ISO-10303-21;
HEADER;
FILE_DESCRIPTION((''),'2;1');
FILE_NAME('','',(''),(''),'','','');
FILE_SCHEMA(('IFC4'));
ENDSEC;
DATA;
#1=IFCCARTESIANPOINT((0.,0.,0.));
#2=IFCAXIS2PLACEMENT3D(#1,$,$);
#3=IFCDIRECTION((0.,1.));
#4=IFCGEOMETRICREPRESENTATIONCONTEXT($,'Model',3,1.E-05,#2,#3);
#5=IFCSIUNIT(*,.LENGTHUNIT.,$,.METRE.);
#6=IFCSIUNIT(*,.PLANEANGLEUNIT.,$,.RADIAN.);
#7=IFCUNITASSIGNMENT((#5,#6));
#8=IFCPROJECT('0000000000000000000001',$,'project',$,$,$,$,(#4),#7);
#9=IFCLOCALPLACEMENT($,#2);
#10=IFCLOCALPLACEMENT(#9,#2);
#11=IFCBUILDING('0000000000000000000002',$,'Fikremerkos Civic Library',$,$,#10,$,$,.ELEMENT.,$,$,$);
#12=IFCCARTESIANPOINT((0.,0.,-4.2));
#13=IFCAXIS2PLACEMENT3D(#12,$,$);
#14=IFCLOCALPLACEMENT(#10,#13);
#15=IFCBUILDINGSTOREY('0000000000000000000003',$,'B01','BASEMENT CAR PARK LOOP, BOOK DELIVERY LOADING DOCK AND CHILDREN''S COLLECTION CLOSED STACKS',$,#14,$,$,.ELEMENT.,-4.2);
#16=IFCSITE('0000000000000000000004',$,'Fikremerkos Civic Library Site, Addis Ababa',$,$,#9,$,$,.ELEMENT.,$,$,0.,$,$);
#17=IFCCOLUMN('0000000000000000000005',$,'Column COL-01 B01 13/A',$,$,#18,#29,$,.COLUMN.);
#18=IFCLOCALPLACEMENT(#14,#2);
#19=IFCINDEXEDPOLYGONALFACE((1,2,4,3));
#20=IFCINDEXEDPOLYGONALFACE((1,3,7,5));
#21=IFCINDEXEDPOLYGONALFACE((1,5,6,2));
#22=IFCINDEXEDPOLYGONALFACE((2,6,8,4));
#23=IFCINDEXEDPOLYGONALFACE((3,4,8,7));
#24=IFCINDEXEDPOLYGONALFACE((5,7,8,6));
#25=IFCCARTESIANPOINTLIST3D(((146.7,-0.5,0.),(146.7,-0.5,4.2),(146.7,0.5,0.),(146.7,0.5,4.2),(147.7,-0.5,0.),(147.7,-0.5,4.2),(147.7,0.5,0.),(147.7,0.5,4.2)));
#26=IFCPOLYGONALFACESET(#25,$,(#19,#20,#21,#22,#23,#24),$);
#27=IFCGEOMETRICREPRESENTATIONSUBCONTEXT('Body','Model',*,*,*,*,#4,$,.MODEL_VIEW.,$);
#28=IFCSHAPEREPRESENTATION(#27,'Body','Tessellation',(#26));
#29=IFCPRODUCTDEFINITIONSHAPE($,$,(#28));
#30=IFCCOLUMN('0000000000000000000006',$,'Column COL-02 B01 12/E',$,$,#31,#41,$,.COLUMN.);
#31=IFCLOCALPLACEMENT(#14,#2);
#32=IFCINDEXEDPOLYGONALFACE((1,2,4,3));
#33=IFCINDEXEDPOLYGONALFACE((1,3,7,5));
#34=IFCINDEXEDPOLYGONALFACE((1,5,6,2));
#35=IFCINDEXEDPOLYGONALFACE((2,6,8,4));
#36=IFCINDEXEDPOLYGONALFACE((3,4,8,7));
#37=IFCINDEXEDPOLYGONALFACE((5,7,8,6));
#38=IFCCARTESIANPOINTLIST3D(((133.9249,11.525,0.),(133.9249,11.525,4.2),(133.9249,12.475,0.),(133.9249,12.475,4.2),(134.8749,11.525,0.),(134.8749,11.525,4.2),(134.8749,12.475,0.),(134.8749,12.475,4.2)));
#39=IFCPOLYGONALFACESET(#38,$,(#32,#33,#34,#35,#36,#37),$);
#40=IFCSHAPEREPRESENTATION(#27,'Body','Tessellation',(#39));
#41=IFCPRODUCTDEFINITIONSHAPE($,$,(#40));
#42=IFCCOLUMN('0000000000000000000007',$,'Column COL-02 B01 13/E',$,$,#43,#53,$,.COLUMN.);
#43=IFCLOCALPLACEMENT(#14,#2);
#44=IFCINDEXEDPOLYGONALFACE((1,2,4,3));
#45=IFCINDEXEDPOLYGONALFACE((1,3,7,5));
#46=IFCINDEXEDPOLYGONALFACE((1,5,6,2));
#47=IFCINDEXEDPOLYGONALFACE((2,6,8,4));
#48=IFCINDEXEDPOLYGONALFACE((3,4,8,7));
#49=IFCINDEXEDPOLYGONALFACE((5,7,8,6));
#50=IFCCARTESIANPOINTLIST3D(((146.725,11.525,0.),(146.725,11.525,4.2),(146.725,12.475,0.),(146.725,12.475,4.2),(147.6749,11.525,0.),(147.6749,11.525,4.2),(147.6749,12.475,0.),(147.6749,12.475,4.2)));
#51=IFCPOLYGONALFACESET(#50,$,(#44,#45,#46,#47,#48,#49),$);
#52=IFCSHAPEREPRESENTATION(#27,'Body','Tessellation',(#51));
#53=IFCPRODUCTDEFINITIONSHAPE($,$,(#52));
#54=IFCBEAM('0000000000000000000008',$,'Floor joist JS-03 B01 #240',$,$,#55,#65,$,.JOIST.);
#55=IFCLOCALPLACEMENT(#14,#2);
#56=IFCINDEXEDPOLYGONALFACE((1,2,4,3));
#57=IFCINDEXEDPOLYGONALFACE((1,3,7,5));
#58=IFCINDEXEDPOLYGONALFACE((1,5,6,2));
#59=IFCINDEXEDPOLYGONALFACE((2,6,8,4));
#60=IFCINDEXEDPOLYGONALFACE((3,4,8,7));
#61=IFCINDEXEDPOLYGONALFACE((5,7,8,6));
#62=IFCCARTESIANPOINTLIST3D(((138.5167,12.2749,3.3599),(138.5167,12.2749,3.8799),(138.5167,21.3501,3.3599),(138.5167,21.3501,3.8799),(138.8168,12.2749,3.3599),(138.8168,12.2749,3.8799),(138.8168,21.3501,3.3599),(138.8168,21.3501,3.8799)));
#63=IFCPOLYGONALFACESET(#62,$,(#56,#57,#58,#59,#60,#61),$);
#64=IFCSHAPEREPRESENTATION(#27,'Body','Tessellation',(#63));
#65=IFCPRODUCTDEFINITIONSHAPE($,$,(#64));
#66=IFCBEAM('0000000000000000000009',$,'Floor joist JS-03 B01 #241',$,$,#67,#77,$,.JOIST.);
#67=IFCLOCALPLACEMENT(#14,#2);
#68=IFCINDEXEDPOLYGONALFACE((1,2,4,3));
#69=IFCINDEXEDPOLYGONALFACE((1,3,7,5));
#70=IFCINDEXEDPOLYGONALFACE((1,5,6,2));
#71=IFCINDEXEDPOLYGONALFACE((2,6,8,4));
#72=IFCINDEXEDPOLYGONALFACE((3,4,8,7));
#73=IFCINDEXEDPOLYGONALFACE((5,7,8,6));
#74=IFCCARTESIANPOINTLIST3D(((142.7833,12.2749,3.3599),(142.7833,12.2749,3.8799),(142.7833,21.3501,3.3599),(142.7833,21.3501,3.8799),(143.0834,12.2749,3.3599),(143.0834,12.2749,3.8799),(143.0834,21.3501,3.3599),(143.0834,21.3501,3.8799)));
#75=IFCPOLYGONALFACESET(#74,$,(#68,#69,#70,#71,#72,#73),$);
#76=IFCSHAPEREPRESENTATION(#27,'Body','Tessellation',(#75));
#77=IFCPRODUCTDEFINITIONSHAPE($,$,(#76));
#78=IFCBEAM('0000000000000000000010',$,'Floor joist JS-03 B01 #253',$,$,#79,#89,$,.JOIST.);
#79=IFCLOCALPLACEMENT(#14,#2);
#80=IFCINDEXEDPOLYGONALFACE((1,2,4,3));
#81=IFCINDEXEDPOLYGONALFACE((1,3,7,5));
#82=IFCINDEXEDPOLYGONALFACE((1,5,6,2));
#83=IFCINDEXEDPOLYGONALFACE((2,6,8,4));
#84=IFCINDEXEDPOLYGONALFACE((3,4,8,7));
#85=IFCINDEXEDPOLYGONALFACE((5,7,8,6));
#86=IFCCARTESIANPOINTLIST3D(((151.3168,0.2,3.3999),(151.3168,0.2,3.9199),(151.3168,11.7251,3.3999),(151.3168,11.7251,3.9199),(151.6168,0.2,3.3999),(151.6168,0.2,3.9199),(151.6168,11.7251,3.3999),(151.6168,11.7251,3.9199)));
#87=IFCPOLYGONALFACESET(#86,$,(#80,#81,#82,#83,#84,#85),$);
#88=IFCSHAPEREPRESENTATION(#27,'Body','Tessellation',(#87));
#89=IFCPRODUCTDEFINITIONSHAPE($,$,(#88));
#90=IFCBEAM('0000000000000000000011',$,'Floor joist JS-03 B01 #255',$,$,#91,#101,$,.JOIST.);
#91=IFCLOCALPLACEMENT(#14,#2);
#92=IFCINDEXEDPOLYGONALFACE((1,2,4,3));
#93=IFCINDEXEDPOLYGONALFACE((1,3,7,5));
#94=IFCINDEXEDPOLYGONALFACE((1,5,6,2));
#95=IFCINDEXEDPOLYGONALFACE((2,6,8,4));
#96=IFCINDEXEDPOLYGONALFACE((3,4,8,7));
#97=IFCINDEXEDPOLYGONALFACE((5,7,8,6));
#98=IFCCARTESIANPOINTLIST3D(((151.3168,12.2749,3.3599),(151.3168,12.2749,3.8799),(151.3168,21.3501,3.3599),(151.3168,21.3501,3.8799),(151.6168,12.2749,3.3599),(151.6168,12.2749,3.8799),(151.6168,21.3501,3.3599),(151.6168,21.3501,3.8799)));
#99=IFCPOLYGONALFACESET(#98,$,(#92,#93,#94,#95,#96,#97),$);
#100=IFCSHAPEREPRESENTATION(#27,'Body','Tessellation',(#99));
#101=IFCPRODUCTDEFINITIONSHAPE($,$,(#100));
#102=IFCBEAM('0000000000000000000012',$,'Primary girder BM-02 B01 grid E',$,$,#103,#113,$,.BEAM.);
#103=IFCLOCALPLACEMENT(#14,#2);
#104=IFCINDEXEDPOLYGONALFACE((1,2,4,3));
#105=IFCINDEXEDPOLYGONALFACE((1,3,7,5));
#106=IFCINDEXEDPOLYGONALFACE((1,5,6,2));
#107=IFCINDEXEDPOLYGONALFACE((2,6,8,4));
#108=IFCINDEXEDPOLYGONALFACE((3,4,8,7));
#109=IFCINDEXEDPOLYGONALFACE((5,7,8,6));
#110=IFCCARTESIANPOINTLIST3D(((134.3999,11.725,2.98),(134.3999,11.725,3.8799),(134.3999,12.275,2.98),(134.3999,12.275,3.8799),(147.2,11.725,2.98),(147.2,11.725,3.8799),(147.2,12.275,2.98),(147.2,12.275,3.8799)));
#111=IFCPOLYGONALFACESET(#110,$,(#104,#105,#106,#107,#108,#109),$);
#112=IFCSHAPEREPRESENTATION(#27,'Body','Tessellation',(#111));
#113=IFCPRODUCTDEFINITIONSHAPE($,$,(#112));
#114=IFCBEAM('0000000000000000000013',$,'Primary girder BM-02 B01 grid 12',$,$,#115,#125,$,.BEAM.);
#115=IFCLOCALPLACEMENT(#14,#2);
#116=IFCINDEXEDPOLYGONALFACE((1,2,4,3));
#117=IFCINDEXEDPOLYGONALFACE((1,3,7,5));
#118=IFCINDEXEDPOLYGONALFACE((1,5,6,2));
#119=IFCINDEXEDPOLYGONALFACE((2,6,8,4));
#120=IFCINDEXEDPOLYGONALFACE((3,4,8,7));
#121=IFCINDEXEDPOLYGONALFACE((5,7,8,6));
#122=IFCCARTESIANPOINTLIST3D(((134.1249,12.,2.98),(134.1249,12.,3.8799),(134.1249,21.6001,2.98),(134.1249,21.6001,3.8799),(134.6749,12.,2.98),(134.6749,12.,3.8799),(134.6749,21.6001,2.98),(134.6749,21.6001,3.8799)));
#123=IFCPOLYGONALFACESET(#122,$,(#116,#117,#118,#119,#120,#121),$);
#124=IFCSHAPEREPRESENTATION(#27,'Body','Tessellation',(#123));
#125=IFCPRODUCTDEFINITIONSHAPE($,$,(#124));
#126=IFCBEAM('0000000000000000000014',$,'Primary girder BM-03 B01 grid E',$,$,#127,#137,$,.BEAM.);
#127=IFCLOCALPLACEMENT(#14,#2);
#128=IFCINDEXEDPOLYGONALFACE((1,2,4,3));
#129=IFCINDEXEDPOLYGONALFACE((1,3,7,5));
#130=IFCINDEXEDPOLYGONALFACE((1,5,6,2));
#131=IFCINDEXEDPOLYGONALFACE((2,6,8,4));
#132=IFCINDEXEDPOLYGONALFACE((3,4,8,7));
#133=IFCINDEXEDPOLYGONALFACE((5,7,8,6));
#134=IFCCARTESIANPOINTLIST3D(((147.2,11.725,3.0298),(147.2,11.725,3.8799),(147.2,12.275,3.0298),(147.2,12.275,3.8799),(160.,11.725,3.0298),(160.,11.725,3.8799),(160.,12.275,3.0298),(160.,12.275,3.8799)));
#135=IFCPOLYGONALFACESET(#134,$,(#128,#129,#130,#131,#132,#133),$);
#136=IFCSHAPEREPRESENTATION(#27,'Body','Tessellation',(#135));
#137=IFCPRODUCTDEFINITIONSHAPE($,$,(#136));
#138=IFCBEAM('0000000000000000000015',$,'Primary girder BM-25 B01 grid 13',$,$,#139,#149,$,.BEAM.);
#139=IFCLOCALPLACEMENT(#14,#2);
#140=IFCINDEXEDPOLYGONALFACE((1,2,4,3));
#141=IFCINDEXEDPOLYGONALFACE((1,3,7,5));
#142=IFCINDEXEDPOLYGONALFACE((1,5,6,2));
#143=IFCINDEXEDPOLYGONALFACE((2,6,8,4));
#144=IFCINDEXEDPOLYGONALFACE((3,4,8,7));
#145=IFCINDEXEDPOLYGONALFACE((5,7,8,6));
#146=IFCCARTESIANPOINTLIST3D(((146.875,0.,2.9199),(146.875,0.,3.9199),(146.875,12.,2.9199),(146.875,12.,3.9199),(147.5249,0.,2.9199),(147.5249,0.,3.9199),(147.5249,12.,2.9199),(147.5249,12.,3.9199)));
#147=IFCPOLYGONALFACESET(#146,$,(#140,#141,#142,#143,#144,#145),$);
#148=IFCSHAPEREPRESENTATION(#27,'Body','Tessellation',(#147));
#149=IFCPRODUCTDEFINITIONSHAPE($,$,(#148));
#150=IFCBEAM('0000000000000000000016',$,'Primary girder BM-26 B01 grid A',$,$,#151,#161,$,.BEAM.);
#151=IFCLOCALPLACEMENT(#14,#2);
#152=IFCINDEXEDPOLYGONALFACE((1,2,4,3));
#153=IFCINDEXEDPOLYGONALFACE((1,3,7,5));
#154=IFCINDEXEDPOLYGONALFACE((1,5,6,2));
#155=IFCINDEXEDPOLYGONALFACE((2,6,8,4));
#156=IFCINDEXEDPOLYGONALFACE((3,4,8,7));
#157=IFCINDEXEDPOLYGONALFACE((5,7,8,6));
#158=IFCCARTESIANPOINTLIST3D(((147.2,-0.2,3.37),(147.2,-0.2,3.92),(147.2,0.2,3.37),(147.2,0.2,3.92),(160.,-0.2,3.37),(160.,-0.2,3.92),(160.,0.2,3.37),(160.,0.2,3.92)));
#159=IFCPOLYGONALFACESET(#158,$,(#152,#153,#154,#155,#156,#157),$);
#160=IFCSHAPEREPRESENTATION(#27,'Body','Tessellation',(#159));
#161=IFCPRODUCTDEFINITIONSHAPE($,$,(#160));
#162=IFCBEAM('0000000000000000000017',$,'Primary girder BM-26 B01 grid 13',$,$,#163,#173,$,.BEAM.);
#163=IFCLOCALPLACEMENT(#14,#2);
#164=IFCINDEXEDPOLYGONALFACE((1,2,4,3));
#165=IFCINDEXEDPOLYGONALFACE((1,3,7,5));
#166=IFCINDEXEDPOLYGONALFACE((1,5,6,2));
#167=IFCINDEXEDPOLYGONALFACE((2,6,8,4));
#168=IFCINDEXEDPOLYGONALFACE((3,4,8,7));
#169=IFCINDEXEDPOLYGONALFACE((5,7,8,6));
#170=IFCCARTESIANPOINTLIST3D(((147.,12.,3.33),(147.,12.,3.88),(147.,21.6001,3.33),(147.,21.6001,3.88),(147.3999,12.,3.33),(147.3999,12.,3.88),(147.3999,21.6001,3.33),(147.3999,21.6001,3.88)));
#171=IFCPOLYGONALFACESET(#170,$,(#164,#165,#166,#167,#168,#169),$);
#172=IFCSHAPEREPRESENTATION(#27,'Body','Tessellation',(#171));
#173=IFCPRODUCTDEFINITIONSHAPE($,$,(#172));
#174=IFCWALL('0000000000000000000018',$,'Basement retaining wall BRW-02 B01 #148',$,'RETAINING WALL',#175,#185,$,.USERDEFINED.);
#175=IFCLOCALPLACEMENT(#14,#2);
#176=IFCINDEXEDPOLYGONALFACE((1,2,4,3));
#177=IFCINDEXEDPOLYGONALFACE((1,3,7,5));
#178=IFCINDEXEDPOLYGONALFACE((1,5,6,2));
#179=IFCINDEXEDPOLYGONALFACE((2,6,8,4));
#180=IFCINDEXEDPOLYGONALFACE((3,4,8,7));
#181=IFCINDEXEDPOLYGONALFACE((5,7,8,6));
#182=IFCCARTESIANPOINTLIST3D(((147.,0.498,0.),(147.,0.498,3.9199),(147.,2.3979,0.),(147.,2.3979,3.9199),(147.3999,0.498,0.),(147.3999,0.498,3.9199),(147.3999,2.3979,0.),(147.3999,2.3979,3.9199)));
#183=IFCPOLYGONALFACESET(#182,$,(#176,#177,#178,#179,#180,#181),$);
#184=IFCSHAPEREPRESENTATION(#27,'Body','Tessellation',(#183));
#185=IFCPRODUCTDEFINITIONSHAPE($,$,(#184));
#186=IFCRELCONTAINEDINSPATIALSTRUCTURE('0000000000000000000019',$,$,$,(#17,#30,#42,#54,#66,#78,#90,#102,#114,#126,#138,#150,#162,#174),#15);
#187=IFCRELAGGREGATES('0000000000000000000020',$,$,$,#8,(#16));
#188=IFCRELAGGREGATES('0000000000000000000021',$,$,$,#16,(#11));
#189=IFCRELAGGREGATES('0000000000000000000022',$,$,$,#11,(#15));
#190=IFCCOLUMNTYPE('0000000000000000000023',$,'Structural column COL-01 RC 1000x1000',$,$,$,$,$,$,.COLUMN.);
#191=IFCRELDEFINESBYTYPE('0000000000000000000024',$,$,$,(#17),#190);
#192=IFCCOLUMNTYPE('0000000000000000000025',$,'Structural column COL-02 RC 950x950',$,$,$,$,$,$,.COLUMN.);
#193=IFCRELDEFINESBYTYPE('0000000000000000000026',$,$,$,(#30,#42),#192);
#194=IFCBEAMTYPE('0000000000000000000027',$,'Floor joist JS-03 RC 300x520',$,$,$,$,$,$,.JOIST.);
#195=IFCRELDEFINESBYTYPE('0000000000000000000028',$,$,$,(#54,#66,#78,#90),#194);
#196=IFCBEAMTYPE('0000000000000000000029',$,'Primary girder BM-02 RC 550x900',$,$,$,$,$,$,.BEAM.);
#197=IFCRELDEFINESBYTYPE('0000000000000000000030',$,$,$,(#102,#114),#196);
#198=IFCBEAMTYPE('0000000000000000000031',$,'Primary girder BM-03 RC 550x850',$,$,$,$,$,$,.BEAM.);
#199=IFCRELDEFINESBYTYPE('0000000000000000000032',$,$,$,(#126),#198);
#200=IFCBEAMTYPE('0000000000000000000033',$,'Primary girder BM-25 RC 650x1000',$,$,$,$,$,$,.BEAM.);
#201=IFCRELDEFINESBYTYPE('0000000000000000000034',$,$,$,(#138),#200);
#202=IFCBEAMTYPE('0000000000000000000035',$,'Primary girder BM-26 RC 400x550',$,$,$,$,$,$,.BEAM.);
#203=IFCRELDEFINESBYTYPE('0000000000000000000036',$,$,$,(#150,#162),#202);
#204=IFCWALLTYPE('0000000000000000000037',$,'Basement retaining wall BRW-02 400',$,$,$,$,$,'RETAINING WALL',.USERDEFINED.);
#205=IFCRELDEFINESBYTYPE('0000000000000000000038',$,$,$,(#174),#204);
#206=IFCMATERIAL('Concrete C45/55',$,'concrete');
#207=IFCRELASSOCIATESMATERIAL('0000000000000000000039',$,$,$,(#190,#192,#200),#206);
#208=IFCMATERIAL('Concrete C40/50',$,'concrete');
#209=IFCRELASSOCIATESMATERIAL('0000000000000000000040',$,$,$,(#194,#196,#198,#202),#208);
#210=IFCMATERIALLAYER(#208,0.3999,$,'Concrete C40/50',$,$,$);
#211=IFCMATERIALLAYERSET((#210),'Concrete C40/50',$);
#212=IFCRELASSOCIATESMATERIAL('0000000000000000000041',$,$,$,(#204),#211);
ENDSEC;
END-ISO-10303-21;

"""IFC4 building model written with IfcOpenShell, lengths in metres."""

from ifc_helpers import new_model, si_unit, direction, frame, frame_2d, origin, origin_2d, place, context, subcontext, project, spatial, rectangle, extrude, material, layer, layer_set, material_profile, profile_set, type_object, element, save


model = new_model("IFC4")

# Units and contexts
model_context = context("Model", 3, precision=1e-05, world=origin(), true_north=direction((0.0, 1.0)))
body_context = subcontext(model_context, "Body", "Model", "MODEL_VIEW")
ifc_project = project(units=[si_unit("LENGTHUNIT", "METRE"), si_unit("PLANEANGLEUNIT", "RADIAN")], contexts=[model_context])

# Site, building, storey
site_placement = place(None, origin())
site = spatial("IfcSite", under=ifc_project, at=site_placement, Name="Fikremerkos Civic Library Site, Addis Ababa", CompositionType="ELEMENT", RefElevation=0.0)
building_placement = place(site_placement, origin())
building = spatial("IfcBuilding", under=site, at=building_placement, Name="Fikremerkos Civic Library", CompositionType="ELEMENT")
storey_placement = place(building_placement, frame((0.0, 0.0, -4.2)))
storey = spatial("IfcBuildingStorey", under=building, at=storey_placement, Name="B01", Description="BASEMENT CAR PARK LOOP, BOOK DELIVERY LOADING DOCK AND CHILDREN'S COLLECTION CLOSED STACKS", CompositionType="ELEMENT", Elevation=-4.2)

# Columns
ifc_material_1 = material(Name="Concrete C45/55", Category="concrete")
ifc_material_profile_1 = material_profile(ifc_material_1, rectangle(XDim=1.0, YDim=1.0, at=origin_2d()), Name="RC 1000x1000")
ifc_profile_set_1 = profile_set([ifc_material_profile_1], Name="Concrete C45/55")
column_type_1 = type_object("IfcColumnType", Name="Structural column COL-01 RC 1000x1000", PredefinedType="COLUMN", material=ifc_profile_set_1)
column_placement = place(storey_placement, frame((147.2, 0.0, 0.0), z_axis=(0.0, 0.0, 1.0), x_axis=(1.0, 0.0, 0.0)))
element("IfcColumn", 1, at=column_placement, inside=storey, type_object=column_type_1, Name="Column COL-01 B01 13/A", PredefinedType="COLUMN", context=body_context, shape_type="SweptSolid", body=[
    extrude(rectangle(XDim=1.0, YDim=1.0, at=origin_2d()), origin(), (0.0, 0.0, 1.0), 4.2),
])
ifc_material_profile_2 = material_profile(ifc_material_1, rectangle(XDim=0.95, YDim=0.95, at=origin_2d()), Name="RC 950x950")
ifc_profile_set_2 = profile_set([ifc_material_profile_2], Name="Concrete C45/55")
column_type_2 = type_object("IfcColumnType", Name="Structural column COL-02 RC 950x950", PredefinedType="COLUMN", material=ifc_profile_set_2)
for number, where, z_axis, x_axis, name in (
    (2, (134.3999, 12.0, 0.0), (0.0, 0.0, 1.0), (1.0, 0.0, 0.0), "Column COL-02 B01 12/E"),
    (3, (147.2, 12.0, 0.0), (0.0, 0.0, 1.0), (1.0, 0.0, 0.0), "Column COL-02 B01 13/E"),
):
    element("IfcColumn", number, at=place(storey_placement, frame(where, z_axis=z_axis, x_axis=x_axis)), inside=storey, type_object=column_type_2, Name=name, PredefinedType="COLUMN", context=body_context, shape_type="SweptSolid", body=[
        extrude(rectangle(XDim=0.95, YDim=0.95, at=origin_2d()), origin(), (0.0, 0.0, 1.0), 4.2),
    ])

# Beams
ifc_material_2 = material(Name="Concrete C40/50", Category="concrete")
ifc_material_profile_3 = material_profile(ifc_material_2, rectangle(XDim=0.3, YDim=0.52, at=origin_2d()), Name="RC 300x520")
ifc_profile_set_3 = profile_set([ifc_material_profile_3], Name="Concrete C40/50")
beam_type_1 = type_object("IfcBeamType", Name="Floor joist JS-03 RC 300x520", PredefinedType="JOIST", material=ifc_profile_set_3)
for number, where, z_axis, x_axis, name in (
    (4, (138.6667, 12.2749, 3.6199), (0.0, 1.0, 0.0), (-1.0, 0.0, 0.0), "Floor joist JS-03 B01 #240"),
    (5, (142.9333, 12.2749, 3.6199), (0.0, 1.0, 0.0), (-1.0, 0.0, 0.0), "Floor joist JS-03 B01 #241"),
):
    element("IfcBeam", number, at=place(storey_placement, frame(where, z_axis=z_axis, x_axis=x_axis)), inside=storey, type_object=beam_type_1, Name=name, PredefinedType="JOIST", context=body_context, shape_type="SweptSolid", body=[
        extrude(rectangle(XDim=0.3, YDim=0.52, at=origin_2d()), origin(), (0.0, 0.0, 1.0), 9.0752),
    ])
beam_1_placement = place(storey_placement, frame((151.4668, 0.2, 3.6599), z_axis=(0.0, 1.0, 0.0), x_axis=(-1.0, 0.0, 0.0)))
element("IfcBeam", 6, at=beam_1_placement, inside=storey, type_object=beam_type_1, Name="Floor joist JS-03 B01 #253", PredefinedType="JOIST", context=body_context, shape_type="SweptSolid", body=[
    extrude(rectangle(XDim=0.3, YDim=0.52, at=origin_2d()), origin(), (0.0, 0.0, 1.0), 11.5251),
])
beam_2_placement = place(storey_placement, frame((151.4668, 12.2749, 3.6199), z_axis=(0.0, 1.0, 0.0), x_axis=(-1.0, 0.0, 0.0)))
element("IfcBeam", 7, at=beam_2_placement, inside=storey, type_object=beam_type_1, Name="Floor joist JS-03 B01 #255", PredefinedType="JOIST", context=body_context, shape_type="SweptSolid", body=[
    extrude(rectangle(XDim=0.3, YDim=0.52, at=origin_2d()), origin(), (0.0, 0.0, 1.0), 9.0752),
])
ifc_material_profile_4 = material_profile(ifc_material_2, rectangle(XDim=0.55, YDim=0.8999, at=origin_2d()), Name="RC 550x900")
ifc_profile_set_4 = profile_set([ifc_material_profile_4], Name="Concrete C40/50")
beam_type_2 = type_object("IfcBeamType", Name="Primary girder BM-02 RC 550x900", PredefinedType="BEAM", material=ifc_profile_set_4)
beam_3_placement = place(storey_placement, frame((134.3999, 12.0, 3.4299), z_axis=(1.0, 0.0, 0.0), x_axis=(0.0, 1.0, 0.0)))
element("IfcBeam", 8, at=beam_3_placement, inside=storey, type_object=beam_type_2, Name="Primary girder BM-02 B01 grid E", PredefinedType="BEAM", context=body_context, shape_type="SweptSolid", body=[
    extrude(rectangle(XDim=0.55, YDim=0.8999, at=origin_2d()), origin(), (0.0, 0.0, 1.0), 12.8),
])
beam_4_placement = place(storey_placement, frame((134.3999, 12.0, 3.4299), z_axis=(0.0, 1.0, 0.0), x_axis=(-1.0, 0.0, 0.0)))
element("IfcBeam", 9, at=beam_4_placement, inside=storey, type_object=beam_type_2, Name="Primary girder BM-02 B01 grid 12", PredefinedType="BEAM", context=body_context, shape_type="SweptSolid", body=[
    extrude(rectangle(XDim=0.55, YDim=0.8999, at=origin_2d()), origin(), (0.0, 0.0, 1.0), 9.6001),
])
ifc_material_profile_5 = material_profile(ifc_material_2, rectangle(XDim=0.55, YDim=0.8501, at=origin_2d()), Name="RC 550x850")
ifc_profile_set_5 = profile_set([ifc_material_profile_5], Name="Concrete C40/50")
beam_type_3 = type_object("IfcBeamType", Name="Primary girder BM-03 RC 550x850", PredefinedType="BEAM", material=ifc_profile_set_5)
beam_5_placement = place(storey_placement, frame((147.2, 12.0, 3.4548), z_axis=(1.0, 0.0, 0.0), x_axis=(0.0, 1.0, 0.0)))
element("IfcBeam", 10, at=beam_5_placement, inside=storey, type_object=beam_type_3, Name="Primary girder BM-03 B01 grid E", PredefinedType="BEAM", context=body_context, shape_type="SweptSolid", body=[
    extrude(rectangle(XDim=0.55, YDim=0.8501, at=origin_2d()), origin(), (0.0, 0.0, 1.0), 12.8),
])
ifc_material_profile_6 = material_profile(ifc_material_1, rectangle(XDim=0.6499, YDim=1.0, at=origin_2d()), Name="RC 650x1000")
ifc_profile_set_6 = profile_set([ifc_material_profile_6], Name="Concrete C45/55")
beam_type_4 = type_object("IfcBeamType", Name="Primary girder BM-25 RC 650x1000", PredefinedType="BEAM", material=ifc_profile_set_6)
beam_6_placement = place(storey_placement, frame((147.2, 0.0, 3.4199), z_axis=(0.0, 1.0, 0.0), x_axis=(-1.0, 0.0, 0.0)))
element("IfcBeam", 11, at=beam_6_placement, inside=storey, type_object=beam_type_4, Name="Primary girder BM-25 B01 grid 13", PredefinedType="BEAM", context=body_context, shape_type="SweptSolid", body=[
    extrude(rectangle(XDim=0.6499, YDim=1.0, at=origin_2d()), origin(), (0.0, 0.0, 1.0), 12.0),
])
ifc_material_profile_7 = material_profile(ifc_material_2, rectangle(XDim=0.3999, YDim=0.55, at=origin_2d()), Name="RC 400x550")
ifc_profile_set_7 = profile_set([ifc_material_profile_7], Name="Concrete C40/50")
beam_type_5 = type_object("IfcBeamType", Name="Primary girder BM-26 RC 400x550", PredefinedType="BEAM", material=ifc_profile_set_7)
beam_7_placement = place(storey_placement, frame((147.2, 0.0, 3.645), z_axis=(1.0, 0.0, 0.0), x_axis=(0.0, 1.0, 0.0)))
element("IfcBeam", 12, at=beam_7_placement, inside=storey, type_object=beam_type_5, Name="Primary girder BM-26 B01 grid A", PredefinedType="BEAM", context=body_context, shape_type="SweptSolid", body=[
    extrude(rectangle(XDim=0.3999, YDim=0.55, at=origin_2d()), origin(), (0.0, 0.0, 1.0), 12.8),
])
beam_8_placement = place(storey_placement, frame((147.2, 12.0, 3.605), z_axis=(0.0, 1.0, 0.0), x_axis=(-1.0, 0.0, 0.0)))
element("IfcBeam", 13, at=beam_8_placement, inside=storey, type_object=beam_type_5, Name="Primary girder BM-26 B01 grid 13", PredefinedType="BEAM", context=body_context, shape_type="SweptSolid", body=[
    extrude(rectangle(XDim=0.3999, YDim=0.55, at=origin_2d()), origin(), (0.0, 0.0, 1.0), 9.6001),
])

# Wall
ifc_layer_1 = layer(ifc_material_2, 0.3999, Name="Concrete C40/50")
ifc_layer_set_1 = layer_set([ifc_layer_1], Name="Concrete C40/50")
wall_type_1 = type_object("IfcWallType", Name="Basement retaining wall BRW-02 400", ElementType="RETAINING WALL", PredefinedType="USERDEFINED", material=ifc_layer_set_1)
wall_1_placement = place(storey_placement, frame((147.2, 0.498, 0.0), z_axis=(0.0, 0.0, 1.0), x_axis=(0.0, 1.0, 0.0)))
element("IfcWall", 14, at=wall_1_placement, inside=storey, type_object=wall_type_1, Name="Basement retaining wall BRW-02 B01 #148", ObjectType="RETAINING WALL", PredefinedType="USERDEFINED", context=body_context, shape_type="SweptSolid", body=[
    extrude(rectangle(XDim=1.8999, YDim=0.3999, at=frame_2d((0.95, 0.0))), origin(), (0.0, 0.0, 1.0), 3.9199),
])

save(model, "model.ifc")
